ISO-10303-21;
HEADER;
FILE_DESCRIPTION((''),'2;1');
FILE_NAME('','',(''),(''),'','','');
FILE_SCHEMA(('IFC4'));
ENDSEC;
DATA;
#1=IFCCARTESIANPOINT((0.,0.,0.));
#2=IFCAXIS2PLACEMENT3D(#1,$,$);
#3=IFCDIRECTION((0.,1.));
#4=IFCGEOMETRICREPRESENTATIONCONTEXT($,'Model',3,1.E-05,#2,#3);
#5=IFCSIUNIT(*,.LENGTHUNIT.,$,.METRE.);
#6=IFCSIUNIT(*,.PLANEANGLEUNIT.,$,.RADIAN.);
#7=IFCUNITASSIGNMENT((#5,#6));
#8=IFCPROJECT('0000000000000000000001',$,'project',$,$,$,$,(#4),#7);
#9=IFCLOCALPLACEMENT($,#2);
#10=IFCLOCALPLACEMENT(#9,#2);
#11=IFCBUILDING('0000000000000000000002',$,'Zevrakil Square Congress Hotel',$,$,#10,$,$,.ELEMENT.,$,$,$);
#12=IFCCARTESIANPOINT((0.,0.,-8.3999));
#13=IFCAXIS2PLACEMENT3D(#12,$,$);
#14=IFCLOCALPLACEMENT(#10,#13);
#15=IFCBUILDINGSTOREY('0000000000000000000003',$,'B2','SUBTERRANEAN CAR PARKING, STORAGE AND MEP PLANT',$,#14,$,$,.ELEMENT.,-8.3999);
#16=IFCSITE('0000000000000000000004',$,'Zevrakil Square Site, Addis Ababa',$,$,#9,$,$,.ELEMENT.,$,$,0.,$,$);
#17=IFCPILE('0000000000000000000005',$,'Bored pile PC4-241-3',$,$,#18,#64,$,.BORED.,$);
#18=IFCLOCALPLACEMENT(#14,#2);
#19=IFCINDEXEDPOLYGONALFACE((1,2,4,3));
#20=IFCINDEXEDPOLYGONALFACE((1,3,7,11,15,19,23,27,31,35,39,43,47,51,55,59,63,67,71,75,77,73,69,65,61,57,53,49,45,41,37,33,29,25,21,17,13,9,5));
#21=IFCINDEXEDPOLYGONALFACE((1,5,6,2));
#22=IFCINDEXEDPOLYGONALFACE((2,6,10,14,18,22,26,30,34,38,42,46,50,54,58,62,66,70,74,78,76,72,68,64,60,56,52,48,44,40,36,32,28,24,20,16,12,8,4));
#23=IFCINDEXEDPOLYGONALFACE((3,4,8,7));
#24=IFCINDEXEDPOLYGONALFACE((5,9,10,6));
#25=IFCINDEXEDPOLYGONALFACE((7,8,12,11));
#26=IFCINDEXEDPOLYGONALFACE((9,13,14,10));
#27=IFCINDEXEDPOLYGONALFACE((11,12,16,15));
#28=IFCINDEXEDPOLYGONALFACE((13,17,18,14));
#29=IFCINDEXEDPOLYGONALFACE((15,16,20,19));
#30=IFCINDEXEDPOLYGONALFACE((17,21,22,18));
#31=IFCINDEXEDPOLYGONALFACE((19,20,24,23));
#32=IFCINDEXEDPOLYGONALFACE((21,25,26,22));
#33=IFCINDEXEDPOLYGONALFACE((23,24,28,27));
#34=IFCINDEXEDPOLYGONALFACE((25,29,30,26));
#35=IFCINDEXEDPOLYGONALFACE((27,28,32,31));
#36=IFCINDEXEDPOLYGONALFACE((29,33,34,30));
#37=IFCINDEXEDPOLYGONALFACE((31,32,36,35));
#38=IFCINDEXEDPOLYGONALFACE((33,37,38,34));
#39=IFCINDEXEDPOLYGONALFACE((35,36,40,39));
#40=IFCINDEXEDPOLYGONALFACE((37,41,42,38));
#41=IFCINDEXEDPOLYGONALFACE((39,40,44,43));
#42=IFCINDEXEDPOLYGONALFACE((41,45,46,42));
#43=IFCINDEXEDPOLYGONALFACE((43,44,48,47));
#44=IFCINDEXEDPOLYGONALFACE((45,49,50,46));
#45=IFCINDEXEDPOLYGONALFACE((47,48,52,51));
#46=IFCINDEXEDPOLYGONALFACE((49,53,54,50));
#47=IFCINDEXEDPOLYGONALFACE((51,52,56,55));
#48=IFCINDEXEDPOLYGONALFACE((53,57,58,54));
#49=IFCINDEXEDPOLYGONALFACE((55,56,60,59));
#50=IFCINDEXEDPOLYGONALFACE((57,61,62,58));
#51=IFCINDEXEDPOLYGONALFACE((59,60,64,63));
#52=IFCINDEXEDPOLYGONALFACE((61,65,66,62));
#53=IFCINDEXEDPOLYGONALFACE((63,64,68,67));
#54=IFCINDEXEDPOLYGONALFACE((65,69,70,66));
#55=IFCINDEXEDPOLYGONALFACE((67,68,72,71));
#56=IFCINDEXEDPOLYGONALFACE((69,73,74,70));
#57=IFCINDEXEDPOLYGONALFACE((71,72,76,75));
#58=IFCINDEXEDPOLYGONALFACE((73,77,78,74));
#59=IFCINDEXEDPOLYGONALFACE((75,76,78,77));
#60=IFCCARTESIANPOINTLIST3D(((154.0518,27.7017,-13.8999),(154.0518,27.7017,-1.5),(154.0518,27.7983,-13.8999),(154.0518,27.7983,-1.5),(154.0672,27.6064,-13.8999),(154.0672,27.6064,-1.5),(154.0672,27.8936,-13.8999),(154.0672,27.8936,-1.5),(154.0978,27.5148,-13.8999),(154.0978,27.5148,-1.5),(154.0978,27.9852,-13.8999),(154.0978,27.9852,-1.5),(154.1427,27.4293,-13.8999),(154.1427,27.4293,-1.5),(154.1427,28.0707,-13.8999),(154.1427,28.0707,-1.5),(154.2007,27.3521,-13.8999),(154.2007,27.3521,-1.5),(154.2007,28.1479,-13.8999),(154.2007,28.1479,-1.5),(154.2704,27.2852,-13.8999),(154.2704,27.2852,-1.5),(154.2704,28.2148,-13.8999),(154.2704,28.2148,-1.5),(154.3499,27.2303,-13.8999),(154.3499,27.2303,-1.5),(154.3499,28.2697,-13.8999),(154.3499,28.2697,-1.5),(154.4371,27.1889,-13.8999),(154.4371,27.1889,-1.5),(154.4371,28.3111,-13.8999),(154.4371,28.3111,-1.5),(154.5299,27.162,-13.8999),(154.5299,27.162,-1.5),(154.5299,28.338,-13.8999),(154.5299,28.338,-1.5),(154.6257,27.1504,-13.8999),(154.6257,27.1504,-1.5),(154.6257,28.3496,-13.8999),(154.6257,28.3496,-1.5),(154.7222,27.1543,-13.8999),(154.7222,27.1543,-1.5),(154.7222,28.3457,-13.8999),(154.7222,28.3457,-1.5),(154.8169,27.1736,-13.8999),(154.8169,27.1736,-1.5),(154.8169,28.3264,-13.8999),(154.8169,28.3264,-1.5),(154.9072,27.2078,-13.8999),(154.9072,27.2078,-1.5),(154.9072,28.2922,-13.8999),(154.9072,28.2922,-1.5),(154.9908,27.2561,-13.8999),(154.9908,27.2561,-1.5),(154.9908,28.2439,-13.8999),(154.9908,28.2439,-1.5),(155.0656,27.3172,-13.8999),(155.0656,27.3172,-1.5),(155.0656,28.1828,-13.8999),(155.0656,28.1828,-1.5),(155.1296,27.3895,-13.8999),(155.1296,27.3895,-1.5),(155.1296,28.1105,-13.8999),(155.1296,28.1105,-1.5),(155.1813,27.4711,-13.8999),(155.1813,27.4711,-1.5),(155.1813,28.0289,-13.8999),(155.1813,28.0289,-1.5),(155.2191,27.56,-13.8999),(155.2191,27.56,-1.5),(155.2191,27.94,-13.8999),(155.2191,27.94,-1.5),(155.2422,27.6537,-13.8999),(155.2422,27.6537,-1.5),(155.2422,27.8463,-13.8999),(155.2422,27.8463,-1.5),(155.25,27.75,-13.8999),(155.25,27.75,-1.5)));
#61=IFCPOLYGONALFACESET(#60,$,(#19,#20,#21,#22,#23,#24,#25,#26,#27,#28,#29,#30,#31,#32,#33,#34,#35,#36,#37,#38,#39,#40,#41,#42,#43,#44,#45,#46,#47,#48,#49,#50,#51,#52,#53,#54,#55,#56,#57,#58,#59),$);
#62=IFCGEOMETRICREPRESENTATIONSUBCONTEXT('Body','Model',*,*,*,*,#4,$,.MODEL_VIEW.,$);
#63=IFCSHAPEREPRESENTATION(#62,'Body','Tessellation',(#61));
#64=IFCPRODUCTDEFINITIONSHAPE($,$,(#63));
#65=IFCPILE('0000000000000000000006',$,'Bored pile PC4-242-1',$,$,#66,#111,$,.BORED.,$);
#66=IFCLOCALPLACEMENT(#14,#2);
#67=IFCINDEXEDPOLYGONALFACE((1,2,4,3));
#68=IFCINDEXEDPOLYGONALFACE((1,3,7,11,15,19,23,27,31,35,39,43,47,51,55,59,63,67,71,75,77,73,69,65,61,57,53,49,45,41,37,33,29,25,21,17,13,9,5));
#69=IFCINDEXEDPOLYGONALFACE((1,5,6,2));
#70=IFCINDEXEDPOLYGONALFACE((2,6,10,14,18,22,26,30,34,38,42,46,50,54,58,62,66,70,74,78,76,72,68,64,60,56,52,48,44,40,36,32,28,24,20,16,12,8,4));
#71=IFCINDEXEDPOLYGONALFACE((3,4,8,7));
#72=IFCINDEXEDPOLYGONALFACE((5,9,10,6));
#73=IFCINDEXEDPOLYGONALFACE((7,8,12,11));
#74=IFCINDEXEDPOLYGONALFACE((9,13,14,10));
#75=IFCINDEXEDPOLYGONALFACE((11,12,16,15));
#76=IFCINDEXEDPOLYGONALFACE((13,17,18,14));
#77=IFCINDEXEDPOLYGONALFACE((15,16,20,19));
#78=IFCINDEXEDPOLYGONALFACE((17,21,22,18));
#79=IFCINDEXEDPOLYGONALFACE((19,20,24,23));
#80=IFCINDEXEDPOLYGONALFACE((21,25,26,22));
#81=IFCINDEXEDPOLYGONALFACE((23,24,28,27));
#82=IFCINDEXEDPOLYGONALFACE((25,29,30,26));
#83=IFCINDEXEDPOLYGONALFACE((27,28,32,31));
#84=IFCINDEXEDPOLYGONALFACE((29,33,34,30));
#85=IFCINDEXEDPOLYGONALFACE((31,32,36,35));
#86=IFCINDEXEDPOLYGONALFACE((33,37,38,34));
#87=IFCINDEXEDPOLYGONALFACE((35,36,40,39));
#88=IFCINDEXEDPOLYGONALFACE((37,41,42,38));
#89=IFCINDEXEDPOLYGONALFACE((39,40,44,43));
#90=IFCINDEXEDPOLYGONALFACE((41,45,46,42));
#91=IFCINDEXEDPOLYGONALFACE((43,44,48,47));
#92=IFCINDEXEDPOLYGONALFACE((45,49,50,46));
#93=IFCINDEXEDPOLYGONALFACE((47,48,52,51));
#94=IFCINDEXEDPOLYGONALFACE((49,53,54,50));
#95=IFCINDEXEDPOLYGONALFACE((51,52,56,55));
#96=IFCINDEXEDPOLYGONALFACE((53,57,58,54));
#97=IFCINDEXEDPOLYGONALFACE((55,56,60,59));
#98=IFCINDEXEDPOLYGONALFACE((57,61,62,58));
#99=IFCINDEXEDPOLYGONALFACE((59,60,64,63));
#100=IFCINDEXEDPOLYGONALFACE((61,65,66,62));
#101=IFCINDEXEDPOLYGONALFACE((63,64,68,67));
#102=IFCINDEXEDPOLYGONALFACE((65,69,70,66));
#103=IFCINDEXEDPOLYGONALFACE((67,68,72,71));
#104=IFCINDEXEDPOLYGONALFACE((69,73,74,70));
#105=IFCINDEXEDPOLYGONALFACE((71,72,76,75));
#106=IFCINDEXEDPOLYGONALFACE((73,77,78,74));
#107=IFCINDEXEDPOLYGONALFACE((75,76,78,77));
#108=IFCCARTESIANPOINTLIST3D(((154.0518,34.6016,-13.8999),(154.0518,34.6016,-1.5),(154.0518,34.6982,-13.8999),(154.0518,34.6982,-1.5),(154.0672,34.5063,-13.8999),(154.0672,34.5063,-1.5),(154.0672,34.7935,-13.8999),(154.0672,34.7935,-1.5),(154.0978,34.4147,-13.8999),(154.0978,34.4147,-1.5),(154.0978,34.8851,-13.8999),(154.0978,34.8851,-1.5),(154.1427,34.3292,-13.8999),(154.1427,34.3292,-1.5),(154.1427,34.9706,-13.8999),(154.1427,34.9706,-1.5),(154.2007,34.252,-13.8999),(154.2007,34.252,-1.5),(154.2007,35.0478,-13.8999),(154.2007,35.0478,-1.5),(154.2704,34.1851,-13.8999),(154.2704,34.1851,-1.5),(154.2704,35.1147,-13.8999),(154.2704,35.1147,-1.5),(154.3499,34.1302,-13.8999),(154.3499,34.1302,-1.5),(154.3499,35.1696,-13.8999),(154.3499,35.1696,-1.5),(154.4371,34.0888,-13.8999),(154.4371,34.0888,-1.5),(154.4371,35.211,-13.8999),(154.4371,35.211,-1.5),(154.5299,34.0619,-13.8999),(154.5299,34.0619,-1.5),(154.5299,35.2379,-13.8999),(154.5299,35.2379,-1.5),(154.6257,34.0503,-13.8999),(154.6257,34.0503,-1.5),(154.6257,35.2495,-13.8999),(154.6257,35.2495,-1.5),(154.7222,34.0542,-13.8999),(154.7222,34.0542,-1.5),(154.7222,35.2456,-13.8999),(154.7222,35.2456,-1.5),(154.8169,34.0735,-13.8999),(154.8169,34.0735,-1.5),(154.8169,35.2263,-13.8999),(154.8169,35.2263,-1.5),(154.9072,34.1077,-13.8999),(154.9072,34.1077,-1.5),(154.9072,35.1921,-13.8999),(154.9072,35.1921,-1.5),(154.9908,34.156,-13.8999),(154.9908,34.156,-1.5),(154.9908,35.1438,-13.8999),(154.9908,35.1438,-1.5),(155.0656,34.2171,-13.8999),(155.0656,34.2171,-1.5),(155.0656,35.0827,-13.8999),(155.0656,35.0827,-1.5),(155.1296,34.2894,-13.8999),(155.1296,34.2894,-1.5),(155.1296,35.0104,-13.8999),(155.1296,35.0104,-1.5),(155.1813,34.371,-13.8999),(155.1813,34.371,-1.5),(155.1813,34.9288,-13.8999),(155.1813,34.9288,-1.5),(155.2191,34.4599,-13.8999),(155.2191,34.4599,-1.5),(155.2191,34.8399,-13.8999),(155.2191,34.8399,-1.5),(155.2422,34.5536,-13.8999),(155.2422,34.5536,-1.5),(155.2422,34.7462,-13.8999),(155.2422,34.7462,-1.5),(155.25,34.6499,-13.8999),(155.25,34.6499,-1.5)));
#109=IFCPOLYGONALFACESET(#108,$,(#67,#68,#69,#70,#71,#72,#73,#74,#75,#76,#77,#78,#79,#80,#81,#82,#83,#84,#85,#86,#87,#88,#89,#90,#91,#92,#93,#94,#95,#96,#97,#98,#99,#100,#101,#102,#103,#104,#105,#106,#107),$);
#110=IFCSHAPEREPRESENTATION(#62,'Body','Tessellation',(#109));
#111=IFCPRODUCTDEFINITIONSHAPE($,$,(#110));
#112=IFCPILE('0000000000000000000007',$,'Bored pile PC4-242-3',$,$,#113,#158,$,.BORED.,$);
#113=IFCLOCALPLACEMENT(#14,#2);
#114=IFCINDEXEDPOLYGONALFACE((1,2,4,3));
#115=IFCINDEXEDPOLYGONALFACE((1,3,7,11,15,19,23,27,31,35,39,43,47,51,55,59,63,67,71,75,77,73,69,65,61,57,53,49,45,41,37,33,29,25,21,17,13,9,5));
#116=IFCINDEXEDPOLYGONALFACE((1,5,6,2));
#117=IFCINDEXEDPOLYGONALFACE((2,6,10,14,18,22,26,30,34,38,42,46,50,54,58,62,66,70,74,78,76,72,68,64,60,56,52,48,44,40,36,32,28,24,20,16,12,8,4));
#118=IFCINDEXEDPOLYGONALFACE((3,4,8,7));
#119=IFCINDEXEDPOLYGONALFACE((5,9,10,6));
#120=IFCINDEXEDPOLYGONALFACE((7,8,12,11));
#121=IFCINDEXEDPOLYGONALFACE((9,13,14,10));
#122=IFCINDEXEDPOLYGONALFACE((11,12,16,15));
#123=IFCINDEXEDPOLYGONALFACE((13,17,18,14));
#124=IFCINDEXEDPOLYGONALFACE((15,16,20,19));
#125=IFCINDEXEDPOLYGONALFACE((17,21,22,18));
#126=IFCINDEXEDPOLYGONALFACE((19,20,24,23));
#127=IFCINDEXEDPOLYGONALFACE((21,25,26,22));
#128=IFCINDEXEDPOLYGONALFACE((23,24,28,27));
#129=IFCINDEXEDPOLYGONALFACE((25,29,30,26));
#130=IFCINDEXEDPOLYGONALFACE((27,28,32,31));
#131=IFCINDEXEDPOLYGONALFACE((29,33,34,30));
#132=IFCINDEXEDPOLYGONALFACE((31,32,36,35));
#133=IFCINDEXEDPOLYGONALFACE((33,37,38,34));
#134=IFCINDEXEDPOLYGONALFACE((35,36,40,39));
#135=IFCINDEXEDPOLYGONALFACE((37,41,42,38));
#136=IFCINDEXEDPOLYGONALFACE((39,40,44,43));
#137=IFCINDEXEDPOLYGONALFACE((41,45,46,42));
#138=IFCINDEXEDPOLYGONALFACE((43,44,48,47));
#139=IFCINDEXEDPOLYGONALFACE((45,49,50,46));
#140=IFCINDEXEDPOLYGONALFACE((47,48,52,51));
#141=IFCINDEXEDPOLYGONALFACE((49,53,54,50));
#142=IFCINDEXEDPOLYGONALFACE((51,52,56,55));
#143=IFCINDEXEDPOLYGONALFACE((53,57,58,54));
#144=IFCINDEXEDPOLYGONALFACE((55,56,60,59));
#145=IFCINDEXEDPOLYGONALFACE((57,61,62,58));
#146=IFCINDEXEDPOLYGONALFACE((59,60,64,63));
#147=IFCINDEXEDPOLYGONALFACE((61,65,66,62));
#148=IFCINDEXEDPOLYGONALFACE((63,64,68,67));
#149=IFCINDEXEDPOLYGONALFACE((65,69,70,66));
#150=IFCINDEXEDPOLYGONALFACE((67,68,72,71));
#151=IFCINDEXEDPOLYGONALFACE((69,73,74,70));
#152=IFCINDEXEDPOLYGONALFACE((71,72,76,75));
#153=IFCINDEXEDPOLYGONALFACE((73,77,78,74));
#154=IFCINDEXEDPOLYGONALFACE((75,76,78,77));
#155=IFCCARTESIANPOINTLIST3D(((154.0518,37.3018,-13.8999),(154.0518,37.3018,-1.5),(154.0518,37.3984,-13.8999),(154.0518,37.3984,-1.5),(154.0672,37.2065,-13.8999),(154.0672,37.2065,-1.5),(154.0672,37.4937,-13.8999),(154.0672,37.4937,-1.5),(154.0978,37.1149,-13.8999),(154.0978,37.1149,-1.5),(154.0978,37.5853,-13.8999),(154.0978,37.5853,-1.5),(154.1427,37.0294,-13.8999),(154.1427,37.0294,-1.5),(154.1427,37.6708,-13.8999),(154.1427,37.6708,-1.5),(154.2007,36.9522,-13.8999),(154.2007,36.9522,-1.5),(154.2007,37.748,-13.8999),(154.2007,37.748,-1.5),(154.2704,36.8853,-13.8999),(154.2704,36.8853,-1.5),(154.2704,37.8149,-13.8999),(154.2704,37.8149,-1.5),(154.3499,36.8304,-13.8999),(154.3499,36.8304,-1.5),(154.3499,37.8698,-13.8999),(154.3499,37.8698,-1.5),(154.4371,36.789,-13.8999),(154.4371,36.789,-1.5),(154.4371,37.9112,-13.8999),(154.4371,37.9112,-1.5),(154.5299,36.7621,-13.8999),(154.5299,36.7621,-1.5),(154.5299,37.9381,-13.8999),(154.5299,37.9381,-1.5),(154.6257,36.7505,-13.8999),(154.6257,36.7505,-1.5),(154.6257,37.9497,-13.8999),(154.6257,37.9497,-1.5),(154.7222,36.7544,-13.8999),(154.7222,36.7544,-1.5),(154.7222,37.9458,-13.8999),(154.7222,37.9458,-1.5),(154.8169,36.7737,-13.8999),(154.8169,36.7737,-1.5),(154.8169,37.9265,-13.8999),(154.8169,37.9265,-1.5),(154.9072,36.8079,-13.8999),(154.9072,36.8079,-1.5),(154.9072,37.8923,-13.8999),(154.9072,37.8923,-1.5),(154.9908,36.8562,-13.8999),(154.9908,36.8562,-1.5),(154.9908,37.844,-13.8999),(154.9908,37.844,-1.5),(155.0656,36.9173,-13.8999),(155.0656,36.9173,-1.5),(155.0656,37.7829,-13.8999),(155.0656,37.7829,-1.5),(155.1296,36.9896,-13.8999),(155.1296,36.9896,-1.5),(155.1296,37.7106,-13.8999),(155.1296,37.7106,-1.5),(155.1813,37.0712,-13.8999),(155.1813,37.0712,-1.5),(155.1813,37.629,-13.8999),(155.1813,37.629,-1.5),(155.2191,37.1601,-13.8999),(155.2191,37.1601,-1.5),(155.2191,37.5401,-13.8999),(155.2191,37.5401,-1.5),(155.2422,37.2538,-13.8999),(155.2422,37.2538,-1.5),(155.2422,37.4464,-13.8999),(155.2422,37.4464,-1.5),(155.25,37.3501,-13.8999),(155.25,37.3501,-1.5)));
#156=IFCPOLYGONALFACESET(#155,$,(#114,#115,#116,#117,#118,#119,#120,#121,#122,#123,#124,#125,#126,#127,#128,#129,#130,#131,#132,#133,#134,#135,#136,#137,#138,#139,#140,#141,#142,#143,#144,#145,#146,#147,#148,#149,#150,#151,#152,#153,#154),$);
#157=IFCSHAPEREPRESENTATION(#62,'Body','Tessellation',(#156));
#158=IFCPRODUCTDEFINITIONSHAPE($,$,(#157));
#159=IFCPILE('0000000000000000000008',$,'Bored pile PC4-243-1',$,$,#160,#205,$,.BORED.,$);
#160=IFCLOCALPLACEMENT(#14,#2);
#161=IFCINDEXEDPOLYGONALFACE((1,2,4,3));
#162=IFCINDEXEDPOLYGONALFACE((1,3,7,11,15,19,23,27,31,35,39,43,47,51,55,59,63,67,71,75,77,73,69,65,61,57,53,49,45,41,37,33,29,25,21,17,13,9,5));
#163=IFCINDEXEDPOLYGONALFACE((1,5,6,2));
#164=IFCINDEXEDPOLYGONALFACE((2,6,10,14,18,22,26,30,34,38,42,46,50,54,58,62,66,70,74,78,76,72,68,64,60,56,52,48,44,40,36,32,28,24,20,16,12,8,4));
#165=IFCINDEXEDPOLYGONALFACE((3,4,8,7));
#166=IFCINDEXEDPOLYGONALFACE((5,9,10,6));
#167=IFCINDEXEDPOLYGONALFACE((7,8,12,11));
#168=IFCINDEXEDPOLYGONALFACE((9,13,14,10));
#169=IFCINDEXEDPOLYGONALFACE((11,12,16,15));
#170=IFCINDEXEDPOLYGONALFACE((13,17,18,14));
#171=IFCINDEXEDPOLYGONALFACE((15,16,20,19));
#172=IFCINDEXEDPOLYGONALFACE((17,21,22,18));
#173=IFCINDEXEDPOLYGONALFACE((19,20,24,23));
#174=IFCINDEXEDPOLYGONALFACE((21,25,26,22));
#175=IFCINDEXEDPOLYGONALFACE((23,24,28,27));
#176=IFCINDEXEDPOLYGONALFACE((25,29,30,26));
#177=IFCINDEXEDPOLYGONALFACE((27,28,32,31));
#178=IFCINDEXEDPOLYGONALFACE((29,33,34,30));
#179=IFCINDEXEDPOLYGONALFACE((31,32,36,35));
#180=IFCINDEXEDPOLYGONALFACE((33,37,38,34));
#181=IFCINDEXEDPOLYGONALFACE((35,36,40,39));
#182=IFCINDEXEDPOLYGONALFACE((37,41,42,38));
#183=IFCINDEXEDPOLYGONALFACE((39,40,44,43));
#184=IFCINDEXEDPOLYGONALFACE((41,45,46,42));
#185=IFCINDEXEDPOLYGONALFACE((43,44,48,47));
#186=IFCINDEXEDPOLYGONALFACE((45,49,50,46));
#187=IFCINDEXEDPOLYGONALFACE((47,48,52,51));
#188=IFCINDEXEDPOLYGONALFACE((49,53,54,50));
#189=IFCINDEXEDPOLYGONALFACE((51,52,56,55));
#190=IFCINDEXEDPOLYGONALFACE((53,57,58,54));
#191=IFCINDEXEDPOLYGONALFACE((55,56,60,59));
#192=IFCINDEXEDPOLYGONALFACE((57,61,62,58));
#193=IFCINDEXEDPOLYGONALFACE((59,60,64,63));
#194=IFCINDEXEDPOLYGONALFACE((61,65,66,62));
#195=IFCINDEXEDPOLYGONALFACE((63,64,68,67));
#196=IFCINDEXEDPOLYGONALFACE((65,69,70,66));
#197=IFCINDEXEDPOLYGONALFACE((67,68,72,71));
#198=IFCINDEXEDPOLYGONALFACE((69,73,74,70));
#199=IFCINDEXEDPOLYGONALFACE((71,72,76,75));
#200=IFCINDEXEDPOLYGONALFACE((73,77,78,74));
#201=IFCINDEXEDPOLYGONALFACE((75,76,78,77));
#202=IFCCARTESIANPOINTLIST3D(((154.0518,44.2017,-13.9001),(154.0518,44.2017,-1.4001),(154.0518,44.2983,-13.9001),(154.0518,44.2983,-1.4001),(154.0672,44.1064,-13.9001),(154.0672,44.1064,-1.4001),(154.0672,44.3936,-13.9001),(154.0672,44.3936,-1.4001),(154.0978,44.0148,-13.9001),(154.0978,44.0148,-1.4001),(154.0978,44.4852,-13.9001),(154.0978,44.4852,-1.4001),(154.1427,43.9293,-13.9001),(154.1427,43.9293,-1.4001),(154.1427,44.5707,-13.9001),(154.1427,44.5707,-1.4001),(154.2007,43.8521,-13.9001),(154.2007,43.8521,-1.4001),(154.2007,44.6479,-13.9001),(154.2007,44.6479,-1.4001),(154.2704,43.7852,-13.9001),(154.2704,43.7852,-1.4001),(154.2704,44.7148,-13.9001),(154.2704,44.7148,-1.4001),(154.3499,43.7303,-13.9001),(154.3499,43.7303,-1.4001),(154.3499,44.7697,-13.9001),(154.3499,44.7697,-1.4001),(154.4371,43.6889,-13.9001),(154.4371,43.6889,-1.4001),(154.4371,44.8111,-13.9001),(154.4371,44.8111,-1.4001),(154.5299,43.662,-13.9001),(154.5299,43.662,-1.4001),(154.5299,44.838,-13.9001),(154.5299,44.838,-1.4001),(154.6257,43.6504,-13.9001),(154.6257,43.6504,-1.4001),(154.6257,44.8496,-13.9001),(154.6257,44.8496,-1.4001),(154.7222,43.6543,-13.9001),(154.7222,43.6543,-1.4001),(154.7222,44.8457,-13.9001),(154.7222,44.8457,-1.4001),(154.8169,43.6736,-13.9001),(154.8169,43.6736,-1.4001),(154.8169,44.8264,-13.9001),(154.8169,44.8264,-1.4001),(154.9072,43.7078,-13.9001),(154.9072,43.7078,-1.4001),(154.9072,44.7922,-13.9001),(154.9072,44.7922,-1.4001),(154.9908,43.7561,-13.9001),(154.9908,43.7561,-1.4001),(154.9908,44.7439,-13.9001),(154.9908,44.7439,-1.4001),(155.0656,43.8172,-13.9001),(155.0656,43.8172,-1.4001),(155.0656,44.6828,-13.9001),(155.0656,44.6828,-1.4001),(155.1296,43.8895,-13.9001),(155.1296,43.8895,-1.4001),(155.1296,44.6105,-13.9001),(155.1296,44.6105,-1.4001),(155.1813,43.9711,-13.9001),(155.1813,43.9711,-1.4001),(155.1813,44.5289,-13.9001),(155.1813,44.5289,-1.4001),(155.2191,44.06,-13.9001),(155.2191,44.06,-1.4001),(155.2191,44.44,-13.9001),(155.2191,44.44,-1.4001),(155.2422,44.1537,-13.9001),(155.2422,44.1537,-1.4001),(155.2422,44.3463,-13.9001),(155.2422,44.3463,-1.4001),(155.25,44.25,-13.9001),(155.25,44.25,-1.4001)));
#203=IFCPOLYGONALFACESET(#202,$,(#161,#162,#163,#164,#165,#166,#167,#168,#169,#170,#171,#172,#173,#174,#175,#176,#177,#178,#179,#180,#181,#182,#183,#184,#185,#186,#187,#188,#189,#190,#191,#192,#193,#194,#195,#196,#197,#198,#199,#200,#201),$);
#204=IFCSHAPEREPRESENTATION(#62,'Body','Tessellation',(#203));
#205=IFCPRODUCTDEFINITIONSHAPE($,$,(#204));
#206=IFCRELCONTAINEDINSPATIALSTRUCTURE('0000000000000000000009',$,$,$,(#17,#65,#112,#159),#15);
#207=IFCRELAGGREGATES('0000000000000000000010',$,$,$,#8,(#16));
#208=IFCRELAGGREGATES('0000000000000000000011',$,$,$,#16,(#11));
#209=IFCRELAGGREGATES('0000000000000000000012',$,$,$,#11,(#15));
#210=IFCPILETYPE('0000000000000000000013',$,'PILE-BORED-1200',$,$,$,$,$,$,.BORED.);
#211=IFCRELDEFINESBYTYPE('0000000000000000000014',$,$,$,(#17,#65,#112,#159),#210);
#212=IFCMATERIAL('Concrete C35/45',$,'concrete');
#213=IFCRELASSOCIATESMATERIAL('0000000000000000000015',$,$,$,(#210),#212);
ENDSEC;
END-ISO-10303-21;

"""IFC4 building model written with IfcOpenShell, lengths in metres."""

from ifc_helpers import new_model, si_unit, direction, frame, origin, origin_2d, place, context, subcontext, project, spatial, circle, extrude, material, material_profile, profile_set, type_object, element, save


model = new_model("IFC4")

# Units and contexts
model_context = context("Model", 3, precision=1e-05, world=origin(), true_north=direction((0.0, 1.0)))
body_context = subcontext(model_context, "Body", "Model", "MODEL_VIEW")
ifc_project = project(units=[si_unit("LENGTHUNIT", "METRE"), si_unit("PLANEANGLEUNIT", "RADIAN")], contexts=[model_context])

# Site, building, storey
site_placement = place(None, origin())
site = spatial("IfcSite", under=ifc_project, at=site_placement, Name="Zevrakil Square Site, Addis Ababa", CompositionType="ELEMENT", RefElevation=0.0)
building_placement = place(site_placement, origin())
building = spatial("IfcBuilding", under=site, at=building_placement, Name="Zevrakil Square Congress Hotel", CompositionType="ELEMENT")
storey_placement = place(building_placement, frame((0.0, 0.0, -8.3999)))
storey = spatial("IfcBuildingStorey", under=building, at=storey_placement, Name="B2", Description="SUBTERRANEAN CAR PARKING, STORAGE AND MEP PLANT", CompositionType="ELEMENT", Elevation=-8.3999)

# Piles
ifc_material_1 = material(Name="Concrete C35/45", Category="concrete")
ifc_material_profile_1 = material_profile(ifc_material_1, circle(Radius=0.6001, at=origin_2d()), Name="PILE D1200")
ifc_profile_set_1 = profile_set([ifc_material_profile_1], Name="Concrete C35/45")
pile_type = type_object("IfcPileType", Name="PILE-BORED-1200", PredefinedType="BORED", material=ifc_profile_set_1)
for number, where, z_axis, x_axis, name in (
    (1, (154.6499, 27.75, -1.5), (0.0, 0.0, -1.0), (1.0, 0.0, 0.0), "Bored pile PC4-241-3"),
    (2, (154.6499, 34.6499, -1.5), (0.0, 0.0, -1.0), (1.0, 0.0, 0.0), "Bored pile PC4-242-1"),
    (3, (154.6499, 37.3501, -1.5), (0.0, 0.0, -1.0), (1.0, 0.0, 0.0), "Bored pile PC4-242-3"),
):
    element("IfcPile", number, at=place(storey_placement, frame(where, z_axis=z_axis, x_axis=x_axis)), inside=storey, type_object=pile_type, Name=name, PredefinedType="BORED", context=body_context, shape_type="SweptSolid", body=[
        extrude(circle(Radius=0.6001, at=origin_2d()), origin(), (0.0, 0.0, 1.0), 12.3999),
    ])
pile_placement = place(storey_placement, frame((154.6499, 44.25, -1.4001), z_axis=(0.0, 0.0, -1.0), x_axis=(1.0, 0.0, 0.0)))
element("IfcPile", 4, at=pile_placement, inside=storey, type_object=pile_type, Name="Bored pile PC4-243-1", PredefinedType="BORED", context=body_context, shape_type="SweptSolid", body=[
    extrude(circle(Radius=0.6001, at=origin_2d()), origin(), (0.0, 0.0, 1.0), 12.5),
])

save(model, "model.ifc")
